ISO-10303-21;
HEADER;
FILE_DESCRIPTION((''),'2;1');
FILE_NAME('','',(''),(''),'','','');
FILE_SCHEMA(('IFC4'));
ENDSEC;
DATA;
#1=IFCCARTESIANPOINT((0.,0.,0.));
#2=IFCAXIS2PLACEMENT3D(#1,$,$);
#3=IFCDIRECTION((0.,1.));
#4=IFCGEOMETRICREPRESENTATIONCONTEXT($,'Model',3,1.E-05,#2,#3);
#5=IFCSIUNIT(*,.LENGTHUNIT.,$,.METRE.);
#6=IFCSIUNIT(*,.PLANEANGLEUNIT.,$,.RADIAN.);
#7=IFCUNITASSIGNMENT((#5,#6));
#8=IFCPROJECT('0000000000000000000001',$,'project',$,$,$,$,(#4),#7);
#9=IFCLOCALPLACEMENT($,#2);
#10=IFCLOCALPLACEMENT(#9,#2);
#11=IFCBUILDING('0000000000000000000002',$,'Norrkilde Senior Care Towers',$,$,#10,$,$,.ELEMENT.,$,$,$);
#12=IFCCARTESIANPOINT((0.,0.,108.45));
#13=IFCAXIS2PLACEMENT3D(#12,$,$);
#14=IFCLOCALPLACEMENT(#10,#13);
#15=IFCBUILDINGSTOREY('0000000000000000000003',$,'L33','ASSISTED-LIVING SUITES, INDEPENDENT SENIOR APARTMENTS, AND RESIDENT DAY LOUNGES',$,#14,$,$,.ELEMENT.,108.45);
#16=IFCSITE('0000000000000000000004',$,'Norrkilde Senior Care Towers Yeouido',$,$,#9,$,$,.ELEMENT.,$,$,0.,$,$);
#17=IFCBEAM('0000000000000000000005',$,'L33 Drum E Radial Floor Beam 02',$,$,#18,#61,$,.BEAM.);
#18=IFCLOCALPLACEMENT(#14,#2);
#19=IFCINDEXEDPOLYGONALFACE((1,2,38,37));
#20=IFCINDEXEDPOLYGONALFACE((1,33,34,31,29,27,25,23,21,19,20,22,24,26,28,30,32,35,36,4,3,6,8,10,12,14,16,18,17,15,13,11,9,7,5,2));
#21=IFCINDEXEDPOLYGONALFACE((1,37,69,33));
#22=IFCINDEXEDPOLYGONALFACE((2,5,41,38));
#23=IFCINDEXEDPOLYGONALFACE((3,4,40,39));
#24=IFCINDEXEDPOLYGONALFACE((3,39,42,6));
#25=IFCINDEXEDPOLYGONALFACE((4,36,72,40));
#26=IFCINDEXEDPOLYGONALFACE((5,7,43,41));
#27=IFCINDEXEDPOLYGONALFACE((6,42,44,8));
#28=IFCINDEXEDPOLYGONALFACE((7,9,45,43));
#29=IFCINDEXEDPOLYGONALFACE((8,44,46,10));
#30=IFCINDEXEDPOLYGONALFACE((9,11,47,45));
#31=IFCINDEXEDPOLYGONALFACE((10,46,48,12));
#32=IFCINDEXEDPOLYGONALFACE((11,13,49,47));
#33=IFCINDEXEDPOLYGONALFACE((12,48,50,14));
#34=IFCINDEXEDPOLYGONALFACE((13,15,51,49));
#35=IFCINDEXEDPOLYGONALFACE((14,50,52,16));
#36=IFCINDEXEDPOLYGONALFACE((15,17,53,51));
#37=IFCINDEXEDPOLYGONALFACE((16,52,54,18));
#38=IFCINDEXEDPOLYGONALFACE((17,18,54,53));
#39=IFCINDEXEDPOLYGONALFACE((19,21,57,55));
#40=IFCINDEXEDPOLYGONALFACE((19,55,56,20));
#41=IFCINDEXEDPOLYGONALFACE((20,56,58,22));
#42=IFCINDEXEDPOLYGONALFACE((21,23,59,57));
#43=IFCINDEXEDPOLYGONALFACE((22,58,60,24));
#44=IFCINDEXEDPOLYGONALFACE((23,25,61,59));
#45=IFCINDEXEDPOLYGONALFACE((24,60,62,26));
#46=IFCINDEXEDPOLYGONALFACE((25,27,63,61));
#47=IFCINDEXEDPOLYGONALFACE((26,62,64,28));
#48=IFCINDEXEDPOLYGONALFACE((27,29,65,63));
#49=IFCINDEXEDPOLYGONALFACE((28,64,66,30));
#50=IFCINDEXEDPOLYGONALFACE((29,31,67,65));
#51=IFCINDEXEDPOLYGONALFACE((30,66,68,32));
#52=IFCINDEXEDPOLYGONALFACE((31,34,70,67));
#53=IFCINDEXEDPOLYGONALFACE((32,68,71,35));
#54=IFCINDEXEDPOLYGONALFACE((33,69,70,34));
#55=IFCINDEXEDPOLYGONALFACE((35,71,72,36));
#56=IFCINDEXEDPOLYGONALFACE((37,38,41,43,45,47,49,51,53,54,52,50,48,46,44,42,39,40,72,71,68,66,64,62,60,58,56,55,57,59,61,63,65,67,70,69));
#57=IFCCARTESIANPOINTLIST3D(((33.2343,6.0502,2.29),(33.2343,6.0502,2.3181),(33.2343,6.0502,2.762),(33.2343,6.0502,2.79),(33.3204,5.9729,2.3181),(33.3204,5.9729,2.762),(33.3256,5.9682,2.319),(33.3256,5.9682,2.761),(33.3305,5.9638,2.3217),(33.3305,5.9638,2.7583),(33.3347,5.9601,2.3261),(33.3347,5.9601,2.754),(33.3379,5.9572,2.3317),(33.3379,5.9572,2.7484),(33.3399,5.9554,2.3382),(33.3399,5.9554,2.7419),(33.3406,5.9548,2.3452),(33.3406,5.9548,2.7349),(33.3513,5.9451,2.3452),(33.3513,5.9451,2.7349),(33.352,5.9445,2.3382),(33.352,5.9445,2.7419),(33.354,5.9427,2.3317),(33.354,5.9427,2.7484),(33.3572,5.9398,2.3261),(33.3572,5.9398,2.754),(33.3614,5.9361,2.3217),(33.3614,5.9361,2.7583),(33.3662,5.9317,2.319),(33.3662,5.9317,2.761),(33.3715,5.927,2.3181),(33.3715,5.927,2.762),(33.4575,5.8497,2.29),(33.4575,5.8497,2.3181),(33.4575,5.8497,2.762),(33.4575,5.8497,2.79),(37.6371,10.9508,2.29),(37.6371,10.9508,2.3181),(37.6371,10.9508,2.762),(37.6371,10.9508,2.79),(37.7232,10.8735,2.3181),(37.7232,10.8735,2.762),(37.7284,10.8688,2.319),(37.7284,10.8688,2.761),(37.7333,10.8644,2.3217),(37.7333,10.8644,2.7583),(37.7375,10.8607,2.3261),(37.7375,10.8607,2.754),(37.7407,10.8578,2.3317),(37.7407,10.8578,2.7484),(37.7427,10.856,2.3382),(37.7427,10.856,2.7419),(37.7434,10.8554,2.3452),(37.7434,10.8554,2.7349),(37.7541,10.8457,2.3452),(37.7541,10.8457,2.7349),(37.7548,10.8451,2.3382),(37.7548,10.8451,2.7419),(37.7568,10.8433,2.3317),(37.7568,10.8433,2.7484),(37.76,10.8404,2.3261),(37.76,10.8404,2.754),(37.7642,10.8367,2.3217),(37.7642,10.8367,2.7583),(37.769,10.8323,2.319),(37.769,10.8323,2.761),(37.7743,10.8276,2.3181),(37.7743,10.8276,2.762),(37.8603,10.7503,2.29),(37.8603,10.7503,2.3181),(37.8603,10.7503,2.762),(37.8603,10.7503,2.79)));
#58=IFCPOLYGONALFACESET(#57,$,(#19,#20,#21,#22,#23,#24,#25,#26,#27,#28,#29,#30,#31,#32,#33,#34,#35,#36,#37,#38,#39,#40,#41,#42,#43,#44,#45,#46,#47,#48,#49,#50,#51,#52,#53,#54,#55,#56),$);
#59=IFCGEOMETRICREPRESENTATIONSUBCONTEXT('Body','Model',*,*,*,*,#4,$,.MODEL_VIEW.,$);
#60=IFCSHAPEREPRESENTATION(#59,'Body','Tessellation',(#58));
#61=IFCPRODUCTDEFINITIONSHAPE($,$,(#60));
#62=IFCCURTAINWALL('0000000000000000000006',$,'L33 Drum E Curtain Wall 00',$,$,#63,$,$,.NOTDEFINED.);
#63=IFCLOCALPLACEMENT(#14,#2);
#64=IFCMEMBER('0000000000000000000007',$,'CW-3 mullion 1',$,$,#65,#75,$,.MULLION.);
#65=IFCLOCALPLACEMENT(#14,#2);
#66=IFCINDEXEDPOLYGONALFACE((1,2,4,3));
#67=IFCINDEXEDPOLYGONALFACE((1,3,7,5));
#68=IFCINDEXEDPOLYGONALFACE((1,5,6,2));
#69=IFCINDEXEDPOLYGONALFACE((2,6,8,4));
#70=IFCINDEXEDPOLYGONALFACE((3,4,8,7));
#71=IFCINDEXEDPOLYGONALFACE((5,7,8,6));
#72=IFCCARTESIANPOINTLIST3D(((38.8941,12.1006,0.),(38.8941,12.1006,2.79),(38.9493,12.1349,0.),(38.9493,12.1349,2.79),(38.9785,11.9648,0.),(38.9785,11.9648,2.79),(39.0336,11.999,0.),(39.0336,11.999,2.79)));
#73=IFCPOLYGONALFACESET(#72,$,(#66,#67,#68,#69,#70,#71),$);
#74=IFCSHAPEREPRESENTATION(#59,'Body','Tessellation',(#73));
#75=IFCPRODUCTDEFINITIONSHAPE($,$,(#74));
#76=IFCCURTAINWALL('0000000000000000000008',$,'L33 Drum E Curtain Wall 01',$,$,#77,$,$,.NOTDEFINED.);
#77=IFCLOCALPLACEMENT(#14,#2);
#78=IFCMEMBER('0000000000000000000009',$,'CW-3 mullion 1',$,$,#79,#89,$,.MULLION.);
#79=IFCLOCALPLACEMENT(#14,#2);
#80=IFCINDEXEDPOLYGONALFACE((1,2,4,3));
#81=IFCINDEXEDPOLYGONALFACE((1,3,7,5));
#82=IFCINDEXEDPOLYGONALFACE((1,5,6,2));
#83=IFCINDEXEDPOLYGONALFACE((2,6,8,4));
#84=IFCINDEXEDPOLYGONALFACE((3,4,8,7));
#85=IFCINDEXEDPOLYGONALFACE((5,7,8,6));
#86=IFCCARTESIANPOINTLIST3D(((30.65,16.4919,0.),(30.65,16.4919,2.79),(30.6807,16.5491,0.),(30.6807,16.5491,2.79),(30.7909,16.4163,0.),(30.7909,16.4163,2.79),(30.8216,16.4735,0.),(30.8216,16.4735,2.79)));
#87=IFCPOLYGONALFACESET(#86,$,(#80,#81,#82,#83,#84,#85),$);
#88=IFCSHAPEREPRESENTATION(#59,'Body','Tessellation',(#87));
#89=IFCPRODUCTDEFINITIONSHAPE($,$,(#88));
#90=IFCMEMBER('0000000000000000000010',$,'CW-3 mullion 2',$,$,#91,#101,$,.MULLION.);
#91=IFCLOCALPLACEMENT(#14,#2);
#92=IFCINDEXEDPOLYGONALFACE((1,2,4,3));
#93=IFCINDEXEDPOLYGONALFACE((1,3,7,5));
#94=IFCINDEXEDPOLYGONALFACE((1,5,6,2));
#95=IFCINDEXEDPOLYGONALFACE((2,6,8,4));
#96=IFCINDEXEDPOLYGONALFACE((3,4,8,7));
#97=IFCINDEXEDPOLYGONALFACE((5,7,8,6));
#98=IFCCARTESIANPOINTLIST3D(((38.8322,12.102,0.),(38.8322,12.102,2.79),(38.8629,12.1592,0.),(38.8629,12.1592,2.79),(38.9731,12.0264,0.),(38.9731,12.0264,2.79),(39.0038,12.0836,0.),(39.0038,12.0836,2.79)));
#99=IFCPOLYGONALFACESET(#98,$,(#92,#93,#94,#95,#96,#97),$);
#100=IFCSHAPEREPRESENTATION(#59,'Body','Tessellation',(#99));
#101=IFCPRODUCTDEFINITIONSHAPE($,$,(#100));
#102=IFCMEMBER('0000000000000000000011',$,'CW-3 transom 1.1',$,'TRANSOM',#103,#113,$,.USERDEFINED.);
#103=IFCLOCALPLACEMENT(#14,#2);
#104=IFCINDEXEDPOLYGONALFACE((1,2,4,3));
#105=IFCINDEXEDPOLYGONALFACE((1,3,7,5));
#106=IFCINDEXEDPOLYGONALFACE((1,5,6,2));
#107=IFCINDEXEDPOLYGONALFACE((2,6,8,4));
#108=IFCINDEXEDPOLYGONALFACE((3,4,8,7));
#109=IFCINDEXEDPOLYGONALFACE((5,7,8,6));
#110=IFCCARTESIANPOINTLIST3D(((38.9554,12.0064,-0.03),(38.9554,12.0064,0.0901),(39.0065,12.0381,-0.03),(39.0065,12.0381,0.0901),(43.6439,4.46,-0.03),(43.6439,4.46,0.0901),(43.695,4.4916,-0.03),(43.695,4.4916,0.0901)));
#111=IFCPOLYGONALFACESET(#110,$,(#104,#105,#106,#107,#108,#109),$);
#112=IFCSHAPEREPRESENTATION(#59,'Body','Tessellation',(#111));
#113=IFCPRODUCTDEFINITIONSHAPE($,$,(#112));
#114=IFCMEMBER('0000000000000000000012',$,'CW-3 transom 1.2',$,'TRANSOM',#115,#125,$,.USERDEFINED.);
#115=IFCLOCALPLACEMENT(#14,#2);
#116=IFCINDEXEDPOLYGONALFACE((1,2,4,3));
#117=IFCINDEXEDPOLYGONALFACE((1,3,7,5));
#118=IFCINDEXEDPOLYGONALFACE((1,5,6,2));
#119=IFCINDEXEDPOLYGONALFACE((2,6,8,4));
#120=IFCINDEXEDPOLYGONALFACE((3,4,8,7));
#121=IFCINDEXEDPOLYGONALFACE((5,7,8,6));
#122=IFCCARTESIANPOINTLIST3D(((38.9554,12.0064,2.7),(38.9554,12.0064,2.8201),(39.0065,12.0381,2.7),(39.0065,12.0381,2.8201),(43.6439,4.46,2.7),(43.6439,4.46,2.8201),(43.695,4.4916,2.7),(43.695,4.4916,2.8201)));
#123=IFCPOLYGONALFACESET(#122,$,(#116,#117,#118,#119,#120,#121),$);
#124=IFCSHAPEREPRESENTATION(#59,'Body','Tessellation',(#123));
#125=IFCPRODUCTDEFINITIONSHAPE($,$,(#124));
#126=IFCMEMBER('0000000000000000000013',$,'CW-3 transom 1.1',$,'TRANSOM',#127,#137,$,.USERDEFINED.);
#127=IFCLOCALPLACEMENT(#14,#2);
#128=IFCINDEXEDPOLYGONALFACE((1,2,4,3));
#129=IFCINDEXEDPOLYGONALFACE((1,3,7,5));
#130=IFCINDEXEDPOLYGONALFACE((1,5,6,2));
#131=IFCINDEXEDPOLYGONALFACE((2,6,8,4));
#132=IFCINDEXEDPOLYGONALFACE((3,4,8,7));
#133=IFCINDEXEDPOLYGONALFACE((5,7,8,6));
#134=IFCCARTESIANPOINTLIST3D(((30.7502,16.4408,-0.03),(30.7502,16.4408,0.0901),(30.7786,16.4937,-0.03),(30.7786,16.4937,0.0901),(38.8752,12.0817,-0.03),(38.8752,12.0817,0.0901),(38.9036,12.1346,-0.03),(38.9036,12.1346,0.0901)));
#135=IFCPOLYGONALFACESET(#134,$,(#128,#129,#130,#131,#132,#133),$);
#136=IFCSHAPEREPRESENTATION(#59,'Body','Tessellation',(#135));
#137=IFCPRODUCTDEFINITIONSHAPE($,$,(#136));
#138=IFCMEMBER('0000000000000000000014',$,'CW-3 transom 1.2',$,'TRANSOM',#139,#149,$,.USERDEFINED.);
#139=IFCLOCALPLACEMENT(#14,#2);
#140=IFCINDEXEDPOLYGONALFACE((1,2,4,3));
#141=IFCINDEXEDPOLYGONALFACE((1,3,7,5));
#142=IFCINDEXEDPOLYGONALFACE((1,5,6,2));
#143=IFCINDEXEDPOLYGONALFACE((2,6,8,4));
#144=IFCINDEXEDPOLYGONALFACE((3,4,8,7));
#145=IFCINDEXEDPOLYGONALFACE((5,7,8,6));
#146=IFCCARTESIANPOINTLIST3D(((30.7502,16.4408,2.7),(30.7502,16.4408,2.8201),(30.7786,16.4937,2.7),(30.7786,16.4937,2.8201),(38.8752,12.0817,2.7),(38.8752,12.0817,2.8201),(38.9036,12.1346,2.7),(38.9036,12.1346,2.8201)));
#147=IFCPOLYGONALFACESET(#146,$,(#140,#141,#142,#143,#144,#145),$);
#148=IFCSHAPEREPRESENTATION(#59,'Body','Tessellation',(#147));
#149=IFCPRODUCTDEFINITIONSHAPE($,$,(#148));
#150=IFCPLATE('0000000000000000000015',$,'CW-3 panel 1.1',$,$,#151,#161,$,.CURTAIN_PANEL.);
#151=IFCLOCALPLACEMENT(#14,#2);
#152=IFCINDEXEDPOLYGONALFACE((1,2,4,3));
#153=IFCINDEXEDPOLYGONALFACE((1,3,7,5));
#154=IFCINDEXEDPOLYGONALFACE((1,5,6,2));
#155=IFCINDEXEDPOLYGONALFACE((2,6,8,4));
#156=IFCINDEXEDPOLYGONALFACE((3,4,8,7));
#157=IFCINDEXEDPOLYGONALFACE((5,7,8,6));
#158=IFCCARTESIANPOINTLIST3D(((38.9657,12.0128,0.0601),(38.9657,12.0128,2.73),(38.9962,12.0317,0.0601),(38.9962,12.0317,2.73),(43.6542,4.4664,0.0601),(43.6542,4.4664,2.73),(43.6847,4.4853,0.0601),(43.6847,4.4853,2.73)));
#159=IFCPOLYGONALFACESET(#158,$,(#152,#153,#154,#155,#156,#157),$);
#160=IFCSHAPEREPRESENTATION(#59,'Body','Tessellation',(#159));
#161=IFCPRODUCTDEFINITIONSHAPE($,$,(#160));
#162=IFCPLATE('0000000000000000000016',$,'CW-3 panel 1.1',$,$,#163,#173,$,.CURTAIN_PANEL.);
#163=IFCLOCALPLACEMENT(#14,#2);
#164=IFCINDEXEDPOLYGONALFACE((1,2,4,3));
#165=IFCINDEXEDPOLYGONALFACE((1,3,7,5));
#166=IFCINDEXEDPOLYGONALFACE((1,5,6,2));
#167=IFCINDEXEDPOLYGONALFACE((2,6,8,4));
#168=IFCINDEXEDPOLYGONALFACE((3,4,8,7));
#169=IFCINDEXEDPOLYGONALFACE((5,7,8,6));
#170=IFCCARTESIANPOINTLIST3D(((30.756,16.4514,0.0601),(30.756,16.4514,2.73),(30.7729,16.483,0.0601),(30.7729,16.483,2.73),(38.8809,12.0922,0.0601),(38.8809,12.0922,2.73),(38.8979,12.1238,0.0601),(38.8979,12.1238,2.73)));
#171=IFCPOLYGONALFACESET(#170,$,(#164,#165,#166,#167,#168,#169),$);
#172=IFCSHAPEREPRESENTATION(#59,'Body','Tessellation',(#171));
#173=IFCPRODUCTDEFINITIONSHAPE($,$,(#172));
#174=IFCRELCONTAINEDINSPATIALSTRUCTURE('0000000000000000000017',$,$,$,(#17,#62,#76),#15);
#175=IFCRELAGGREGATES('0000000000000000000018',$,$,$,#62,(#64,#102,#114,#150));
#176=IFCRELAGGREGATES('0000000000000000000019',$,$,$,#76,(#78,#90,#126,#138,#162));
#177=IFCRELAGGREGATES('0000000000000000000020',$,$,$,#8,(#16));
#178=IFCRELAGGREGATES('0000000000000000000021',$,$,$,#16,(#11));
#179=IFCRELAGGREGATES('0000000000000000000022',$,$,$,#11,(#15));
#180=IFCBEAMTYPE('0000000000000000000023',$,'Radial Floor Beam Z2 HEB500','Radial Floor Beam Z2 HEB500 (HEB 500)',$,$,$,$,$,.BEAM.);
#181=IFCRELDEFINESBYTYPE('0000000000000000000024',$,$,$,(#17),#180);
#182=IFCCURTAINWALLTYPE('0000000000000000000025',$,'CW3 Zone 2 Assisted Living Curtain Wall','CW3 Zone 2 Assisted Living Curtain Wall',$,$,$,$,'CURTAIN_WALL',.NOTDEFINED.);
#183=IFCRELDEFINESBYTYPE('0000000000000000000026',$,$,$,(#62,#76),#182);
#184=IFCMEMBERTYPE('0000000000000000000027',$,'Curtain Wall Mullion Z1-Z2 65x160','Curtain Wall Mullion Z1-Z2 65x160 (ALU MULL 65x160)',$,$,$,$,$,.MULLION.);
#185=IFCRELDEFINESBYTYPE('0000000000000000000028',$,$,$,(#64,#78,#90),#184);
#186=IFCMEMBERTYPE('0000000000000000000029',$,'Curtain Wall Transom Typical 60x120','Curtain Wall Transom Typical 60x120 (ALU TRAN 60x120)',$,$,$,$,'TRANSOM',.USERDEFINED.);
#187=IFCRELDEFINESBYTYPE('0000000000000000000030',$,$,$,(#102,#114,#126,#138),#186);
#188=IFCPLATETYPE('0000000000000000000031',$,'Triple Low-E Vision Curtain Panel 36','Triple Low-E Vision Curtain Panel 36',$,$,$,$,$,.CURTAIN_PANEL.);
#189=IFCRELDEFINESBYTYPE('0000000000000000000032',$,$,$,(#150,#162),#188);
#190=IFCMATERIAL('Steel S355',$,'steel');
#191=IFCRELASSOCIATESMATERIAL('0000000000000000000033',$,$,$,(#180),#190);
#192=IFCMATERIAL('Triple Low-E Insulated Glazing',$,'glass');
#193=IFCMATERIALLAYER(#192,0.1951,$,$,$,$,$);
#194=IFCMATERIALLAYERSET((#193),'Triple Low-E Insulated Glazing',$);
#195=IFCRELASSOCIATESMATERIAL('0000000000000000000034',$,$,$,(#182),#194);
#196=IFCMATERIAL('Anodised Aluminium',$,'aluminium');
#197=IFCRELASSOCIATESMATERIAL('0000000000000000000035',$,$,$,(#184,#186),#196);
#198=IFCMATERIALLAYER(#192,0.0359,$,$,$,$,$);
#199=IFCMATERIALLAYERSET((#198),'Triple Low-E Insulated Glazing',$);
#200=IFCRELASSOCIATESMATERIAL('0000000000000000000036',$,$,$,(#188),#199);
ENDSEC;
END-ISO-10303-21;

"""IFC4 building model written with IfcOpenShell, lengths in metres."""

from ifc_helpers import new_model, si_unit, direction, frame, origin, origin_2d, place, context, subcontext, project, spatial, rectangle, i_section, extrude, source, transform, mapped, material, layer, layer_set, material_profile, profile_set, type_object, type_shapes, element, aggregate, save


model = new_model("IFC4")

# Units and contexts
model_context = context("Model", 3, precision=1e-05, world=origin(), true_north=direction((0.0, 1.0)))
body_context = subcontext(model_context, "Body", "Model", "MODEL_VIEW")
ifc_project = project(units=[si_unit("LENGTHUNIT", "METRE"), si_unit("PLANEANGLEUNIT", "RADIAN")], contexts=[model_context])

# Site, building, storey
site_placement = place(None, origin())
site = spatial("IfcSite", under=ifc_project, at=site_placement, Name="Norrkilde Senior Care Towers Yeouido", CompositionType="ELEMENT", RefElevation=0.0)
building_placement = place(site_placement, origin())
building = spatial("IfcBuilding", under=site, at=building_placement, Name="Norrkilde Senior Care Towers", CompositionType="ELEMENT")
storey_placement = place(building_placement, frame((0.0, 0.0, 108.45)))
storey = spatial("IfcBuildingStorey", under=building, at=storey_placement, Name="L33", Description="ASSISTED-LIVING SUITES, INDEPENDENT SENIOR APARTMENTS, AND RESIDENT DAY LOUNGES", CompositionType="ELEMENT", Elevation=108.45)

# Beam
ifc_material_1 = material(Name="Steel S355", Category="steel")
ifc_material_profile_1 = material_profile(ifc_material_1, i_section(OverallWidth=0.3, OverallDepth=0.5, WebThickness=0.0144, FlangeThickness=0.0281, FilletRadius=0.0271, at=origin_2d()), Name="HEB 500")
ifc_profile_set_1 = profile_set([ifc_material_profile_1], Name="Steel S355")
beam_type_1 = type_object("IfcBeamType", Name="Radial Floor Beam Z2 HEB500", Description="Radial Floor Beam Z2 HEB500 (HEB 500)", PredefinedType="BEAM", material=ifc_profile_set_1)
shared_shape_1 = source(origin(), body_context, "Body", "SweptSolid", [
    extrude(i_section(OverallWidth=0.3, OverallDepth=0.5, WebThickness=0.0144, FlangeThickness=0.0281, FilletRadius=0.0271, at=origin_2d()), origin(), (0.0, 0.0, 1.0), 6.5879),
])
beam_1_placement = place(storey_placement, frame((33.3459, 5.95, 2.54), z_axis=(0.668315, 0.743878, 0.0), x_axis=(-0.743878, 0.668315, 0.0)))
element("IfcBeam", 1, at=beam_1_placement, inside=storey, type_object=beam_type_1, Name="L33 Drum E Radial Floor Beam 02", PredefinedType="BEAM", context=body_context, shape_type="MappedRepresentation", body=[
    mapped(shared_shape_1, transform((0.0, 0.0, 0.0), x_axis=(1.0, 0.0, 0.0), y_axis=(0.0, 1.0, 0.0), z_axis=(0.0, 0.0, 1.0), scale=1.0)),
])

# Curtain wall, member
ifc_material_2 = material(Name="Triple Low-E Insulated Glazing", Category="glass")
ifc_layer_1 = layer(ifc_material_2, 0.1951)
ifc_layer_set_1 = layer_set([ifc_layer_1], Name="Triple Low-E Insulated Glazing")
curtain_wall_type = type_object("IfcCurtainWallType", Name="CW3 Zone 2 Assisted Living Curtain Wall", Description="CW3 Zone 2 Assisted Living Curtain Wall", ElementType="CURTAIN_WALL", PredefinedType="NOTDEFINED", material=ifc_layer_set_1)
curtain_wall_1_placement = place(storey_placement, origin())
curtain_wall_1 = element("IfcCurtainWall", 2, at=curtain_wall_1_placement, inside=storey, type_object=curtain_wall_type, Name="L33 Drum E Curtain Wall 00", PredefinedType="NOTDEFINED")
ifc_material_3 = material(Name="Anodised Aluminium", Category="aluminium")
ifc_material_profile_2 = material_profile(ifc_material_3, rectangle(XDim=0.0649, YDim=0.1599, at=origin_2d()), Name="ALU MULL 65x160")
ifc_profile_set_2 = profile_set([ifc_material_profile_2], Name="Anodised Aluminium")
member_type_1 = type_object("IfcMemberType", Name="Curtain Wall Mullion Z1-Z2 65x160", Description="Curtain Wall Mullion Z1-Z2 65x160 (ALU MULL 65x160)", PredefinedType="MULLION", material=ifc_profile_set_2)
shared_shape_2 = source(origin(), body_context, "Body", "SweptSolid", [
    extrude(rectangle(XDim=0.0649, YDim=0.1599, at=origin_2d()), origin(), (0.0, 0.0, 1.0), 2.79),
])
type_shapes(member_type_1, [shared_shape_2])
member_1_placement = place(storey_placement, frame((38.9639, 12.0498, 0.0), z_axis=(0.0, 0.0, 1.0), x_axis=(0.84941, 0.527733, 0.0)))
member_1 = element("IfcMember", 3, at=member_1_placement, type_object=member_type_1, Name="CW-3 mullion 1", PredefinedType="MULLION", context=body_context, shape_type="MappedRepresentation", body=[
    mapped(shared_shape_2, transform((0.0, 0.0, 0.0), x_axis=(1.0, 0.0, 0.0), y_axis=(0.0, 1.0, 0.0), z_axis=(0.0, 0.0, 1.0), scale=1.0)),
])

# Curtain wall, members
curtain_wall_2_placement = place(storey_placement, origin())
curtain_wall_2 = element("IfcCurtainWall", 4, at=curtain_wall_2_placement, inside=storey, type_object=curtain_wall_type, Name="L33 Drum E Curtain Wall 01", PredefinedType="NOTDEFINED")
member_2_placement = place(storey_placement, frame((30.7358, 16.4827, 0.0), z_axis=(0.0, 0.0, 1.0), x_axis=(0.472769, 0.881186, 0.0)))
member_2 = element("IfcMember", 5, at=member_2_placement, type_object=member_type_1, Name="CW-3 mullion 1", PredefinedType="MULLION", context=body_context, shape_type="MappedRepresentation", body=[
    mapped(shared_shape_2, transform((0.0, 0.0, 0.0), x_axis=(1.0, 0.0, 0.0), y_axis=(0.0, 1.0, 0.0), z_axis=(0.0, 0.0, 1.0), scale=1.0)),
])
member_3_placement = place(storey_placement, frame((38.918, 12.0928, 0.0), z_axis=(0.0, 0.0, 1.0), x_axis=(0.472769, 0.881186, 0.0)))
member_3 = element("IfcMember", 6, at=member_3_placement, type_object=member_type_1, Name="CW-3 mullion 2", PredefinedType="MULLION", context=body_context, shape_type="MappedRepresentation", body=[
    mapped(shared_shape_2, transform((0.0, 0.0, 0.0), x_axis=(1.0, 0.0, 0.0), y_axis=(0.0, 1.0, 0.0), z_axis=(0.0, 0.0, 1.0), scale=1.0)),
])

# Members
ifc_material_profile_3 = material_profile(ifc_material_3, rectangle(XDim=0.0601, YDim=0.1201, at=origin_2d()), Name="ALU TRAN 60x120")
ifc_profile_set_3 = profile_set([ifc_material_profile_3], Name="Anodised Aluminium")
member_type_2 = type_object("IfcMemberType", Name="Curtain Wall Transom Typical 60x120", Description="Curtain Wall Transom Typical 60x120 (ALU TRAN 60x120)", ElementType="TRANSOM", PredefinedType="USERDEFINED", material=ifc_profile_set_3)
shared_shape_3 = source(origin(), body_context, "Body", "SweptSolid", [
    extrude(rectangle(XDim=0.0601, YDim=0.1201, at=origin_2d()), origin(), (0.0, 0.0, 1.0), 8.8843),
])
member_4_placement = place(storey_placement, frame((38.981, 12.0222, 0.03), z_axis=(0.527729, -0.849413, 0.0), x_axis=(0.849413, 0.527729, 0.0)))
member_4 = element("IfcMember", 7, at=member_4_placement, type_object=member_type_2, Name="CW-3 transom 1.1", ObjectType="TRANSOM", PredefinedType="USERDEFINED", context=body_context, shape_type="MappedRepresentation", body=[
    mapped(shared_shape_3, transform((0.0, 0.0, 0.0), x_axis=(1.0, 0.0, 0.0), y_axis=(0.0, 1.0, 0.0), z_axis=(0.0, 0.0, 1.0), scale=1.0)),
])
member_5_placement = place(storey_placement, frame((38.981, 12.0222, 2.76), z_axis=(0.527729, -0.849413, 0.0), x_axis=(0.849413, 0.527729, 0.0)))
member_5 = element("IfcMember", 8, at=member_5_placement, type_object=member_type_2, Name="CW-3 transom 1.2", ObjectType="TRANSOM", PredefinedType="USERDEFINED", context=body_context, shape_type="MappedRepresentation", body=[
    mapped(shared_shape_3, transform((0.0, 0.0, 0.0), x_axis=(1.0, 0.0, 0.0), y_axis=(0.0, 1.0, 0.0), z_axis=(0.0, 0.0, 1.0), scale=1.0)),
])
shared_shape_4 = source(origin(), body_context, "Body", "SweptSolid", [
    extrude(rectangle(XDim=0.0601, YDim=0.1201, at=origin_2d()), origin(), (0.0, 0.0, 1.0), 9.2205),
])
type_shapes(member_type_2, [shared_shape_3, shared_shape_4])
member_6_placement = place(storey_placement, frame((30.7644, 16.4673, 0.03), z_axis=(0.881189, -0.472765, 0.0), x_axis=(0.472765, 0.881189, 0.0)))
member_6 = element("IfcMember", 9, at=member_6_placement, type_object=member_type_2, Name="CW-3 transom 1.1", ObjectType="TRANSOM", PredefinedType="USERDEFINED", context=body_context, shape_type="MappedRepresentation", body=[
    mapped(shared_shape_4, transform((0.0, 0.0, 0.0), x_axis=(1.0, 0.0, 0.0), y_axis=(0.0, 1.0, 0.0), z_axis=(0.0, 0.0, 1.0), scale=1.0)),
])
member_7_placement = place(storey_placement, frame((30.7644, 16.4673, 2.76), z_axis=(0.881189, -0.472765, 0.0), x_axis=(0.472765, 0.881189, 0.0)))
member_7 = element("IfcMember", 10, at=member_7_placement, type_object=member_type_2, Name="CW-3 transom 1.2", ObjectType="TRANSOM", PredefinedType="USERDEFINED", context=body_context, shape_type="MappedRepresentation", body=[
    mapped(shared_shape_4, transform((0.0, 0.0, 0.0), x_axis=(1.0, 0.0, 0.0), y_axis=(0.0, 1.0, 0.0), z_axis=(0.0, 0.0, 1.0), scale=1.0)),
])

# Plates
ifc_layer_2 = layer(ifc_material_2, 0.0359)
ifc_layer_set_2 = layer_set([ifc_layer_2], Name="Triple Low-E Insulated Glazing")
plate_type = type_object("IfcPlateType", Name="Triple Low-E Vision Curtain Panel 36", Description="Triple Low-E Vision Curtain Panel 36", PredefinedType="CURTAIN_PANEL", material=ifc_layer_set_2)
shared_shape_5 = source(origin(), body_context, "Body", "SweptSolid", [
    extrude(rectangle(XDim=8.8843, YDim=0.0359, at=origin_2d()), origin(), (0.0, 0.0, 1.0), 2.6699),
])
plate_1_placement = place(storey_placement, frame((41.3252, 8.249, 0.0601), z_axis=(0.0, 0.0, 1.0), x_axis=(0.527733, -0.84941, 0.0)))
plate_1 = element("IfcPlate", 11, at=plate_1_placement, type_object=plate_type, Name="CW-3 panel 1.1", PredefinedType="CURTAIN_PANEL", context=body_context, shape_type="MappedRepresentation", body=[
    mapped(shared_shape_5, transform((0.0, 0.0, 0.0), x_axis=(1.0, 0.0, 0.0), y_axis=(0.0, 1.0, 0.0), z_axis=(0.0, 0.0, 1.0), scale=1.0)),
])
aggregate(curtain_wall_1, [member_1, member_4, member_5, plate_1])
shared_shape_6 = source(origin(), body_context, "Body", "SweptSolid", [
    extrude(rectangle(XDim=9.2205, YDim=0.0359, at=origin_2d()), origin(), (0.0, 0.0, 1.0), 2.6699),
])
type_shapes(plate_type, [shared_shape_5, shared_shape_6])
plate_2_placement = place(storey_placement, frame((34.8269, 14.2876, 0.0601), z_axis=(0.0, 0.0, 1.0), x_axis=(0.881186, -0.472769, 0.0)))
plate_2 = element("IfcPlate", 12, at=plate_2_placement, type_object=plate_type, Name="CW-3 panel 1.1", PredefinedType="CURTAIN_PANEL", context=body_context, shape_type="MappedRepresentation", body=[
    mapped(shared_shape_6, transform((0.0, 0.0, 0.0), x_axis=(1.0, 0.0, 0.0), y_axis=(0.0, 1.0, 0.0), z_axis=(0.0, 0.0, 1.0), scale=1.0)),
])
aggregate(curtain_wall_2, [member_2, member_3, member_6, member_7, plate_2])

save(model, "model.ifc")
